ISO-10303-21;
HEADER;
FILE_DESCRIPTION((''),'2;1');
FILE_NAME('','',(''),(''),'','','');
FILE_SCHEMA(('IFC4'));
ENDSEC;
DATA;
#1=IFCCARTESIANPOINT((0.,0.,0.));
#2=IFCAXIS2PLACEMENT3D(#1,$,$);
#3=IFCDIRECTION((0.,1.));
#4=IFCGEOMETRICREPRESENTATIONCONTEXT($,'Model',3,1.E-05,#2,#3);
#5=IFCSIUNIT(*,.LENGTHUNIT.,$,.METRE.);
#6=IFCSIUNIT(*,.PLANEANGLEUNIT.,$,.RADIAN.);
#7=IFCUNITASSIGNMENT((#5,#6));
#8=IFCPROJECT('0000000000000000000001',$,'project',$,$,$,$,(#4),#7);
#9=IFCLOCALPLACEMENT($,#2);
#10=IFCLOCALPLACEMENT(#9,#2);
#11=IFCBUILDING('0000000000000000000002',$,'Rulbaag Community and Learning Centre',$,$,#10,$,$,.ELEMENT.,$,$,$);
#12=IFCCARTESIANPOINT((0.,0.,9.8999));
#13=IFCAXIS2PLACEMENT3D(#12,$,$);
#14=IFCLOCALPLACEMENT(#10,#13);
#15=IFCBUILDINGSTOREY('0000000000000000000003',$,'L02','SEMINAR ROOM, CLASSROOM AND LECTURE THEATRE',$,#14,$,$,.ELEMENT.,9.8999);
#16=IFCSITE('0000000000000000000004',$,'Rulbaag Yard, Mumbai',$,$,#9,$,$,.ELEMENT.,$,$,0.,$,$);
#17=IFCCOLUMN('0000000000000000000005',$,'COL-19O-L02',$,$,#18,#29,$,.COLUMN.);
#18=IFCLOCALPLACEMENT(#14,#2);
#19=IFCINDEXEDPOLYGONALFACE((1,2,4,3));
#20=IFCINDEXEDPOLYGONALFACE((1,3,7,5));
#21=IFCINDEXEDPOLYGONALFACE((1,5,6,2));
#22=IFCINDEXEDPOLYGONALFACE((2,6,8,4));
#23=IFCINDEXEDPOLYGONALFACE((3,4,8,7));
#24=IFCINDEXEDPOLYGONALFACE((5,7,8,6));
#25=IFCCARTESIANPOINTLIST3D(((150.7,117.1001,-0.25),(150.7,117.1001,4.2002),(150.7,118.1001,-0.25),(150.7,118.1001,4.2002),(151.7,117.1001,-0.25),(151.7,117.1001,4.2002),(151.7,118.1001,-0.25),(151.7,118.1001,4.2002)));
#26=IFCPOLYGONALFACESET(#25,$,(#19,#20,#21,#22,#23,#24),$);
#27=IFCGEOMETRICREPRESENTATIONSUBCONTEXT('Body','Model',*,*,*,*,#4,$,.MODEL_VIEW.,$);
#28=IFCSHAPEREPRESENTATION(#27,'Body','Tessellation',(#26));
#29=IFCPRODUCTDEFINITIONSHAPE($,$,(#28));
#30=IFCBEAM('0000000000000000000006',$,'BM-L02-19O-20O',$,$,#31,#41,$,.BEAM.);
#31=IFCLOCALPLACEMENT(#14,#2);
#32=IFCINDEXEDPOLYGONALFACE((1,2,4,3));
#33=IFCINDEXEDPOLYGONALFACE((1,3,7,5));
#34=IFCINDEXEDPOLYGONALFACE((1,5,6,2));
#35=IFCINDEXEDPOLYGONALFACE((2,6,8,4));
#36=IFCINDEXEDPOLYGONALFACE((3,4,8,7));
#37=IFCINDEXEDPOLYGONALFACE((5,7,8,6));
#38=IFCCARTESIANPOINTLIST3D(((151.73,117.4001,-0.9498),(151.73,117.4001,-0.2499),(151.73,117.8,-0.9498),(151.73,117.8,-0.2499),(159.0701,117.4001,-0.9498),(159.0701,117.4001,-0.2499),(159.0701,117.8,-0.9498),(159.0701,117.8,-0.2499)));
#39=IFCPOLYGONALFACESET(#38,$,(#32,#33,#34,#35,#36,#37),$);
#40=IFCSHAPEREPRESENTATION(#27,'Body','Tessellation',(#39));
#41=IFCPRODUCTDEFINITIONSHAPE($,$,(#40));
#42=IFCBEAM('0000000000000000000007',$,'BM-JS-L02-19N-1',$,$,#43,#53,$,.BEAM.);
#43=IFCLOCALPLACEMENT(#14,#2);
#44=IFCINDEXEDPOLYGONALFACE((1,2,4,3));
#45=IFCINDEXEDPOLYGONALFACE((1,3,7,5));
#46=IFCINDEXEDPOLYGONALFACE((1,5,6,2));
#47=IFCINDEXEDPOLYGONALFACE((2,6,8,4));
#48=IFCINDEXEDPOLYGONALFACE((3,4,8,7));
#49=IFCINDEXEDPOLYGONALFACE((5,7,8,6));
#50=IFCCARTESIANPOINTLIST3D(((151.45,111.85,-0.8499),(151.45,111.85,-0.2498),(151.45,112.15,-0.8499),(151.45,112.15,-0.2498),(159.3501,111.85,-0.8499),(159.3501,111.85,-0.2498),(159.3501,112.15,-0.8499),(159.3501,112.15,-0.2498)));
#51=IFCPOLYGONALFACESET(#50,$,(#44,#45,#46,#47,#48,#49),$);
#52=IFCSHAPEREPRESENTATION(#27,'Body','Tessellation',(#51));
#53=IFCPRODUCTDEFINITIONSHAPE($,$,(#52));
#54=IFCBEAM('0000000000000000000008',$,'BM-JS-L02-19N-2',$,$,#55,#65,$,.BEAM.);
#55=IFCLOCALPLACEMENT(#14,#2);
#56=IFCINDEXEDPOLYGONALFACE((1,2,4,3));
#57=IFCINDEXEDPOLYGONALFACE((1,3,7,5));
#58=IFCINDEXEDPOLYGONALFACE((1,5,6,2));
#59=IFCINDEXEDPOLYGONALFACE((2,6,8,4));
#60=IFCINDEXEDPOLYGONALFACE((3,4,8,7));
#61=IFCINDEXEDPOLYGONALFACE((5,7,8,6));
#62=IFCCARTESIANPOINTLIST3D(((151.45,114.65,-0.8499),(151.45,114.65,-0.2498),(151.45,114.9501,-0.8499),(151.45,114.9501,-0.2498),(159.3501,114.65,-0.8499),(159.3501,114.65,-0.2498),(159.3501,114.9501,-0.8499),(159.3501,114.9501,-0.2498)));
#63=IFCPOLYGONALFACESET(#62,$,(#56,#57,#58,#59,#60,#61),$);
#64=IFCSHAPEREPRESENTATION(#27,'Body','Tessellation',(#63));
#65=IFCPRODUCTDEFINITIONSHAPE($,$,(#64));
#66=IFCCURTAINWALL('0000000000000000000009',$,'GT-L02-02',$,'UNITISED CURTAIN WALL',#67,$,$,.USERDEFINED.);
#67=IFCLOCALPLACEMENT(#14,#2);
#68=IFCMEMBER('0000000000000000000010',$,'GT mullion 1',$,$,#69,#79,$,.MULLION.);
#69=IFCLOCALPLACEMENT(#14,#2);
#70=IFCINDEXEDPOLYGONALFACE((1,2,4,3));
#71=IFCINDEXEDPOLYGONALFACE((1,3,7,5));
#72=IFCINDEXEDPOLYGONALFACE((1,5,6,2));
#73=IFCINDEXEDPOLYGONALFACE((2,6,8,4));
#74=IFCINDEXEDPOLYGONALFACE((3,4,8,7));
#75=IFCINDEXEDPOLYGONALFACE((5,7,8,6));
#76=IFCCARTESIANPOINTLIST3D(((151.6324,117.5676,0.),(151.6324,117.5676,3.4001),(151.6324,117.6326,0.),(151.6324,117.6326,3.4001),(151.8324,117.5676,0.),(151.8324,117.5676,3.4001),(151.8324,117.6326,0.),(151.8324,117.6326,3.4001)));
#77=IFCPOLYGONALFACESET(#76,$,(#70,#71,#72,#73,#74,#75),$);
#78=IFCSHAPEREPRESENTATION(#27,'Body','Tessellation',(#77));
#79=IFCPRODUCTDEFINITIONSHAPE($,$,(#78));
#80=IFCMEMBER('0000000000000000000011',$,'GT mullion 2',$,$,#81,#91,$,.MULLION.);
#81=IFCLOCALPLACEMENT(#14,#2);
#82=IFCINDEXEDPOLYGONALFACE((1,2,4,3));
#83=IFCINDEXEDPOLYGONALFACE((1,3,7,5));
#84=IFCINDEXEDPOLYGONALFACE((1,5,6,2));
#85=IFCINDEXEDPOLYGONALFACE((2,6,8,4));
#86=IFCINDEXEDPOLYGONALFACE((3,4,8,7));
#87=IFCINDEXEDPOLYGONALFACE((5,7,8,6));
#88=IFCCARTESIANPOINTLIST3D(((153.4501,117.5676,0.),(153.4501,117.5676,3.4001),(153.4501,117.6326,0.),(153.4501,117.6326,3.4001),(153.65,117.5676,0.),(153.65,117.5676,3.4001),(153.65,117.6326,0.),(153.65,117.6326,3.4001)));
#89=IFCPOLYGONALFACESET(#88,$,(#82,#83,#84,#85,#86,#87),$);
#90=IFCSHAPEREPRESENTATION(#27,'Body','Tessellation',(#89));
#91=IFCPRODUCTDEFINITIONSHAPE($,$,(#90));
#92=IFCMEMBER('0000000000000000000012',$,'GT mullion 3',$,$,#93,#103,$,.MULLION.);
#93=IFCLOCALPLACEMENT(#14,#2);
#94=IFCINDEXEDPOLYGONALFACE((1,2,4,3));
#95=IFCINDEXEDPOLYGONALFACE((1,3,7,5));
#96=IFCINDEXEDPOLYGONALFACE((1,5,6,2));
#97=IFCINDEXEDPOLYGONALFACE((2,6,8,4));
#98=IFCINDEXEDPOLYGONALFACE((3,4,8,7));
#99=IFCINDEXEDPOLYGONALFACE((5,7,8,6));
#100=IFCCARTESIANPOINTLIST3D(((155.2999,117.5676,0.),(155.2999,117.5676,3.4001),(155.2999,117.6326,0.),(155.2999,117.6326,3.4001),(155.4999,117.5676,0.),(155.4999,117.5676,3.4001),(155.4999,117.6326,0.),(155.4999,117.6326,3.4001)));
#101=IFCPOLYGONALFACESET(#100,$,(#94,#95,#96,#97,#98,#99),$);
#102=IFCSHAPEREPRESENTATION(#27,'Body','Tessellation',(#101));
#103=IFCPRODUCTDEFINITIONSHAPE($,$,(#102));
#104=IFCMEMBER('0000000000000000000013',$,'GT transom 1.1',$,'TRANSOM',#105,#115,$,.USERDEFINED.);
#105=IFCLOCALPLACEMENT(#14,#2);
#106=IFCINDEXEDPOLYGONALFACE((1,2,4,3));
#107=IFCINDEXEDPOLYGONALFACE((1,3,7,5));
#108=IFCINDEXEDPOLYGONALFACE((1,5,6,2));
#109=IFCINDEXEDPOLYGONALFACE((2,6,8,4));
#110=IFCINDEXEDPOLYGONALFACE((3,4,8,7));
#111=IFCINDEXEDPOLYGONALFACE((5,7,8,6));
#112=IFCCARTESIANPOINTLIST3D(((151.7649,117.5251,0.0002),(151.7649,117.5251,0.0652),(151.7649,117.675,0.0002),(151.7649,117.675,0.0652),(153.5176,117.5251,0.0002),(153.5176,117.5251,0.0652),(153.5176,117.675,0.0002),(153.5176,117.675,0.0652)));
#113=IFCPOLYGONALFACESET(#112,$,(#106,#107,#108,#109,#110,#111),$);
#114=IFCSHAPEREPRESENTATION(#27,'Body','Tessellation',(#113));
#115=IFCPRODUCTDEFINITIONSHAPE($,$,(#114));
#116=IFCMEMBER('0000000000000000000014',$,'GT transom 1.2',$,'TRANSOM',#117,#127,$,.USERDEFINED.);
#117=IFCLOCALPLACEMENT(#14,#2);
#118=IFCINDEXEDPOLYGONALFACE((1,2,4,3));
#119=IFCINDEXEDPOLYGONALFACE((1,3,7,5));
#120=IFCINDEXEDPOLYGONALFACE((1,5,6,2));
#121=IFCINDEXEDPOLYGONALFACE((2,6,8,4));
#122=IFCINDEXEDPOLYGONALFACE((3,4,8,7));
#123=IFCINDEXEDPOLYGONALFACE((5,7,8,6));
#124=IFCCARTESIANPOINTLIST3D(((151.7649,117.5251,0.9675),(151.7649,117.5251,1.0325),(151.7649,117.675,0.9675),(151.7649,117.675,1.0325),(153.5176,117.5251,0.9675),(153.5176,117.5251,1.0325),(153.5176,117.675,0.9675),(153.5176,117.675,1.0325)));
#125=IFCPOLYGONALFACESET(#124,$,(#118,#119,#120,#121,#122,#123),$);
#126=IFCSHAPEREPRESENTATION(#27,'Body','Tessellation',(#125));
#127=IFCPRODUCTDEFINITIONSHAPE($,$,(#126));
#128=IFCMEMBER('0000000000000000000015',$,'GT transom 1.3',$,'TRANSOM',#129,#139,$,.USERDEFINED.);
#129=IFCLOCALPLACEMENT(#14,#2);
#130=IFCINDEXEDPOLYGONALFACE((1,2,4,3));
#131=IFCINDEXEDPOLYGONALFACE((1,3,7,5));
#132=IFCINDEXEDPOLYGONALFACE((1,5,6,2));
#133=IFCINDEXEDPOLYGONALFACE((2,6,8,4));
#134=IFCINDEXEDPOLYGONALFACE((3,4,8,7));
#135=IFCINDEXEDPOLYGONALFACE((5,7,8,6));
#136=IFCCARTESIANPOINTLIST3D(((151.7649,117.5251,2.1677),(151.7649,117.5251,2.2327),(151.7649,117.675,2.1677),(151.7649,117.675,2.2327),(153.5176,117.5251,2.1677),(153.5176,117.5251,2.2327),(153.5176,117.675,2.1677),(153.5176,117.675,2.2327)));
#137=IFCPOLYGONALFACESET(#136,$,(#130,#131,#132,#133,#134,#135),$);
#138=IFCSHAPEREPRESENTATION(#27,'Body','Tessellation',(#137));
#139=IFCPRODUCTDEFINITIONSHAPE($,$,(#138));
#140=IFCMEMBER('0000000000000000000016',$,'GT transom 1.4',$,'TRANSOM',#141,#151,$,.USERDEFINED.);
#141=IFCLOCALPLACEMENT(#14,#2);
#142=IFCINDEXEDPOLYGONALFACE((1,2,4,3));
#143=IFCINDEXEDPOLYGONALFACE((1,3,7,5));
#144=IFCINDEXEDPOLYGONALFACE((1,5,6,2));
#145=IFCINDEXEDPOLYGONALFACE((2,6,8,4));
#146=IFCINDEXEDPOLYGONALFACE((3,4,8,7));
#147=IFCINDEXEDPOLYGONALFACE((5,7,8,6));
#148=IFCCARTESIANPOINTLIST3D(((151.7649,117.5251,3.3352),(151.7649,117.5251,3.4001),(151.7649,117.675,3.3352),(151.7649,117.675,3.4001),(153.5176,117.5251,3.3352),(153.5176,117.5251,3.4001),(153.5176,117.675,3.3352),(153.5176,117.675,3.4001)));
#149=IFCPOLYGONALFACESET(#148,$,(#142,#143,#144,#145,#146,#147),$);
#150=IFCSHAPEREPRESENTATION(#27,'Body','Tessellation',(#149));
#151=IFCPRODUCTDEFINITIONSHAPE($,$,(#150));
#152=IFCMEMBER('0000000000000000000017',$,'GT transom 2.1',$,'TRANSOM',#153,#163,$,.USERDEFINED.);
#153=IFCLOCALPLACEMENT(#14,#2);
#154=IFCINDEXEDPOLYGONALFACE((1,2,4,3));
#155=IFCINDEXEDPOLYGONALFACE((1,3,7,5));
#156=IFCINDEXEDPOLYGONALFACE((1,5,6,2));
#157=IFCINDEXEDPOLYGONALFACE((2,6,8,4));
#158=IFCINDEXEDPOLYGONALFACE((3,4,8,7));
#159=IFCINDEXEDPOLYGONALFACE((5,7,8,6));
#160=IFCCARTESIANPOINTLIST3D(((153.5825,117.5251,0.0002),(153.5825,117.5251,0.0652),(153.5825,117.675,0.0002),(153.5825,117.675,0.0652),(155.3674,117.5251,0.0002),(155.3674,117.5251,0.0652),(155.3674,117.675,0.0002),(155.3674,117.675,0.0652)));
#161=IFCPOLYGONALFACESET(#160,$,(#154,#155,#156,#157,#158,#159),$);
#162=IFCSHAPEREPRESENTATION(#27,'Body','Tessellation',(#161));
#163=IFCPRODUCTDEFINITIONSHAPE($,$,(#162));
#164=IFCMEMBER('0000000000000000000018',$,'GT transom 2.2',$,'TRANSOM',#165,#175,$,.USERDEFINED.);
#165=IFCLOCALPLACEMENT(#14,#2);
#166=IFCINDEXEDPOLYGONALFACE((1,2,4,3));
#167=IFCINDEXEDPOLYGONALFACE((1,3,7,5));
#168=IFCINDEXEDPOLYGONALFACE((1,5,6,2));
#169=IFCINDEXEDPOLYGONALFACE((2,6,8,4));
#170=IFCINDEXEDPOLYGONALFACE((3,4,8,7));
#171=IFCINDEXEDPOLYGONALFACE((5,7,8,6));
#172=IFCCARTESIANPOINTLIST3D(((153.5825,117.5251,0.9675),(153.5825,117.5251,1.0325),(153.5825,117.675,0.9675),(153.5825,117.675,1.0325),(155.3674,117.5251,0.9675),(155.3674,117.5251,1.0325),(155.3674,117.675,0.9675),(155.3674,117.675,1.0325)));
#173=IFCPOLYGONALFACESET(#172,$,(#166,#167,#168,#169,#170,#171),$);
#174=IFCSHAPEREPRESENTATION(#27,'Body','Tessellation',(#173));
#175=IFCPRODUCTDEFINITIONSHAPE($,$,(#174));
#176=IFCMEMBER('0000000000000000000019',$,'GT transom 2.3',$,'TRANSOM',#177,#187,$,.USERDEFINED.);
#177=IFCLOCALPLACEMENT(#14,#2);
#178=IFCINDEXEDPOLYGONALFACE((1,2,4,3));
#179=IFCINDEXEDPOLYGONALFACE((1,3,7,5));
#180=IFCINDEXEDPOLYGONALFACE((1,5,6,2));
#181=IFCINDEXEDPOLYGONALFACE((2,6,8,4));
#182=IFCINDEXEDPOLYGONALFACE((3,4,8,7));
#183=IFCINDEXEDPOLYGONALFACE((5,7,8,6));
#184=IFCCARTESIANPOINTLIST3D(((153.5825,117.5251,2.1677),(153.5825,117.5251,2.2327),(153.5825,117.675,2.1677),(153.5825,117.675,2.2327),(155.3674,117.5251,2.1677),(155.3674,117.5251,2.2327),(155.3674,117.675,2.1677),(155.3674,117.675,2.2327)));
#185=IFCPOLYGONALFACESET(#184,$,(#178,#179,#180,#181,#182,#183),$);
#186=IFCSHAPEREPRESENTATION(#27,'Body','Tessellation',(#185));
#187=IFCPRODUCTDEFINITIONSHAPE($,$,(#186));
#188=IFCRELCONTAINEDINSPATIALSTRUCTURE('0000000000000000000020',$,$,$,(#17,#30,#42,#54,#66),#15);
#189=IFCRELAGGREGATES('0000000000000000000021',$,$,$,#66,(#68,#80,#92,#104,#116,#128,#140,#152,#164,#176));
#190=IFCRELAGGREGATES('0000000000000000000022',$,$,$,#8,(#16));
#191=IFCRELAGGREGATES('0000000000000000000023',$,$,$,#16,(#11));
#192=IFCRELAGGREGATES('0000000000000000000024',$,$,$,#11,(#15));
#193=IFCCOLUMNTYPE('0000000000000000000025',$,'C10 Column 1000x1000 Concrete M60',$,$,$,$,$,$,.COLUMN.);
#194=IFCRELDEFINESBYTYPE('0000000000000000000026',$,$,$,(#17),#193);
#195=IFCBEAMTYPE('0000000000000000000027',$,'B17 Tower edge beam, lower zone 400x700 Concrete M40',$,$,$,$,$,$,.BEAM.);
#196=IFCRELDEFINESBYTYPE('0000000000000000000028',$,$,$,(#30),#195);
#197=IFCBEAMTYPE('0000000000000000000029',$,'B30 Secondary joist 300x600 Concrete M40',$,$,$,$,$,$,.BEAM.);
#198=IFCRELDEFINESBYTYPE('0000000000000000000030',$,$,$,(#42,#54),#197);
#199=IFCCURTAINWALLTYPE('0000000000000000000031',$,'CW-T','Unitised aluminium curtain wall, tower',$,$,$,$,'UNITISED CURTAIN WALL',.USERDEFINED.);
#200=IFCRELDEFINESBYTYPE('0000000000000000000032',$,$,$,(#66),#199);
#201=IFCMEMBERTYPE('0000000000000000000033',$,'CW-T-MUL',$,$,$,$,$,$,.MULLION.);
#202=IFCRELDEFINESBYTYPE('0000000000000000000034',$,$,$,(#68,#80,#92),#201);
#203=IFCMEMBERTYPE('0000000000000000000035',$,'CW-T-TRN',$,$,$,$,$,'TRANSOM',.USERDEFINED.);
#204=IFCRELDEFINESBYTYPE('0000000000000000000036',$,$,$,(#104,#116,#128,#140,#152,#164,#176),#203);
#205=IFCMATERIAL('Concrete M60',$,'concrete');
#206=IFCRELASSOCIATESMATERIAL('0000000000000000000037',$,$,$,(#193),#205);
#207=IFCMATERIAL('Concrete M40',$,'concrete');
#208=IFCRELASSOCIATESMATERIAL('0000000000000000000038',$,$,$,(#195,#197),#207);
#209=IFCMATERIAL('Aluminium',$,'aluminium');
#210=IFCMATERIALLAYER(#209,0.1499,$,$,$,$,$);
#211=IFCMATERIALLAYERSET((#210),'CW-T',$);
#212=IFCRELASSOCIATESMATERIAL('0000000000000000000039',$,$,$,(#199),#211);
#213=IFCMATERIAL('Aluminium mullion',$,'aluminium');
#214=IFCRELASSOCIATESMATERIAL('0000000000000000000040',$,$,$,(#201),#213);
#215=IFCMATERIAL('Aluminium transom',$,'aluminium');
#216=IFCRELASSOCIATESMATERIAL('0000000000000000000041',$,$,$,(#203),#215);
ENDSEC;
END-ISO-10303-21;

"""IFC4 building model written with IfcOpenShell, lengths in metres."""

from ifc_helpers import new_model, si_unit, direction, frame, origin, origin_2d, place, context, subcontext, project, spatial, rectangle, extrude, material, layer, layer_set, material_profile, profile_set, type_object, element, aggregate, save


model = new_model("IFC4")

# Units and contexts
model_context = context("Model", 3, precision=1e-05, world=origin(), true_north=direction((0.0, 1.0)))
body_context = subcontext(model_context, "Body", "Model", "MODEL_VIEW")
ifc_project = project(units=[si_unit("LENGTHUNIT", "METRE"), si_unit("PLANEANGLEUNIT", "RADIAN")], contexts=[model_context])

# Site, building, storey
site_placement = place(None, origin())
site = spatial("IfcSite", under=ifc_project, at=site_placement, Name="Rulbaag Yard, Mumbai", CompositionType="ELEMENT", RefElevation=0.0)
building_placement = place(site_placement, origin())
building = spatial("IfcBuilding", under=site, at=building_placement, Name="Rulbaag Community and Learning Centre", CompositionType="ELEMENT")
storey_placement = place(building_placement, frame((0.0, 0.0, 9.8999)))
storey = spatial("IfcBuildingStorey", under=building, at=storey_placement, Name="L02", Description="SEMINAR ROOM, CLASSROOM AND LECTURE THEATRE", CompositionType="ELEMENT", Elevation=9.8999)

# Column
ifc_material_1 = material(Name="Concrete M60", Category="concrete")
ifc_material_profile_1 = material_profile(ifc_material_1, rectangle(XDim=1.0, YDim=1.0, at=origin_2d()), Name="RC1000x1000")
ifc_profile_set_1 = profile_set([ifc_material_profile_1], Name="Concrete M60")
column_type = type_object("IfcColumnType", Name="C10 Column 1000x1000 Concrete M60", PredefinedType="COLUMN", material=ifc_profile_set_1)
column_placement = place(storey_placement, frame((151.2, 117.6001, -0.25), z_axis=(0.0, 0.0, 1.0), x_axis=(1.0, 0.0, 0.0)))
element("IfcColumn", 1, at=column_placement, inside=storey, type_object=column_type, Name="COL-19O-L02", PredefinedType="COLUMN", context=body_context, shape_type="SweptSolid", body=[
    extrude(rectangle(XDim=1.0, YDim=1.0, at=origin_2d()), origin(), (0.0, 0.0, 1.0), 4.4502),
])

# Beams
ifc_material_2 = material(Name="Concrete M40", Category="concrete")
ifc_material_profile_2 = material_profile(ifc_material_2, rectangle(XDim=0.3999, YDim=0.7, at=origin_2d()), Name="RB400x700")
ifc_profile_set_2 = profile_set([ifc_material_profile_2], Name="Concrete M40")
beam_type_1 = type_object("IfcBeamType", Name="B17 Tower edge beam, lower zone 400x700 Concrete M40", PredefinedType="BEAM", material=ifc_profile_set_2)
beam_placement = place(storey_placement, frame((151.73, 117.6001, -0.5999), z_axis=(1.0, 0.0, 0.0), x_axis=(0.0, 1.0, 0.0)))
element("IfcBeam", 2, at=beam_placement, inside=storey, type_object=beam_type_1, Name="BM-L02-19O-20O", PredefinedType="BEAM", context=body_context, shape_type="SweptSolid", body=[
    extrude(rectangle(XDim=0.3999, YDim=0.7, at=origin_2d()), origin(), (0.0, 0.0, 1.0), 7.3401),
])
ifc_material_profile_3 = material_profile(ifc_material_2, rectangle(XDim=0.3, YDim=0.6001, at=origin_2d()), Name="RB300x600")
ifc_profile_set_3 = profile_set([ifc_material_profile_3], Name="Concrete M40")
beam_type_2 = type_object("IfcBeamType", Name="B30 Secondary joist 300x600 Concrete M40", PredefinedType="BEAM", material=ifc_profile_set_3)
for number, where, z_axis, x_axis, name in (
    (3, (151.45, 112.0, -0.5498), (1.0, 0.0, 0.0), (0.0, 1.0, 0.0), "BM-JS-L02-19N-1"),
    (4, (151.45, 114.8, -0.5498), (1.0, 0.0, 0.0), (0.0, 1.0, 0.0), "BM-JS-L02-19N-2"),
):
    element("IfcBeam", number, at=place(storey_placement, frame(where, z_axis=z_axis, x_axis=x_axis)), inside=storey, type_object=beam_type_2, Name=name, PredefinedType="BEAM", context=body_context, shape_type="SweptSolid", body=[
        extrude(rectangle(XDim=0.3, YDim=0.6001, at=origin_2d()), origin(), (0.0, 0.0, 1.0), 7.9001),
    ])

# Curtain wall, members
ifc_material_3 = material(Name="Aluminium", Category="aluminium")
ifc_layer_1 = layer(ifc_material_3, 0.1499)
ifc_layer_set_1 = layer_set([ifc_layer_1], Name="CW-T")
curtain_wall_type = type_object("IfcCurtainWallType", Name="CW-T", Description="Unitised aluminium curtain wall, tower", ElementType="UNITISED CURTAIN WALL", PredefinedType="USERDEFINED", material=ifc_layer_set_1)
curtain_wall_placement = place(storey_placement, origin())
curtain_wall = element("IfcCurtainWall", 5, at=curtain_wall_placement, inside=storey, type_object=curtain_wall_type, Name="GT-L02-02", ObjectType="UNITISED CURTAIN WALL", PredefinedType="USERDEFINED")
ifc_material_4 = material(Name="Aluminium mullion", Category="aluminium")
ifc_material_profile_4 = material_profile(ifc_material_4, rectangle(XDim=0.0649, YDim=0.2, at=origin_2d()), Name="AL 65x200")
ifc_profile_set_4 = profile_set([ifc_material_profile_4], Name="Aluminium mullion")
member_type_1 = type_object("IfcMemberType", Name="CW-T-MUL", PredefinedType="MULLION", material=ifc_profile_set_4)
member_1_placement = place(storey_placement, frame((151.7324, 117.6001, 0.0), z_axis=(0.0, 0.0, 1.0), x_axis=(0.0, 1.0, 0.0)))
member_1 = element("IfcMember", 6, at=member_1_placement, type_object=member_type_1, Name="GT mullion 1", PredefinedType="MULLION", context=body_context, shape_type="SweptSolid", body=[
    extrude(rectangle(XDim=0.0649, YDim=0.2, at=origin_2d()), origin(), (0.0, 0.0, 1.0), 3.4001),
])
member_2_placement = place(storey_placement, frame((153.55, 117.6001, 0.0), z_axis=(0.0, 0.0, 1.0), x_axis=(0.0, 1.0, 0.0)))
member_2 = element("IfcMember", 7, at=member_2_placement, type_object=member_type_1, Name="GT mullion 2", PredefinedType="MULLION", context=body_context, shape_type="SweptSolid", body=[
    extrude(rectangle(XDim=0.0649, YDim=0.2, at=origin_2d()), origin(), (0.0, 0.0, 1.0), 3.4001),
])
member_3_placement = place(storey_placement, frame((155.3999, 117.6001, 0.0), z_axis=(0.0, 0.0, 1.0), x_axis=(0.0, 1.0, 0.0)))
member_3 = element("IfcMember", 8, at=member_3_placement, type_object=member_type_1, Name="GT mullion 3", PredefinedType="MULLION", context=body_context, shape_type="SweptSolid", body=[
    extrude(rectangle(XDim=0.0649, YDim=0.2, at=origin_2d()), origin(), (0.0, 0.0, 1.0), 3.4001),
])
ifc_material_5 = material(Name="Aluminium transom", Category="aluminium")
ifc_material_profile_5 = material_profile(ifc_material_5, rectangle(XDim=0.1499, YDim=0.0649, at=origin_2d()), Name="AL 65x150 T")
ifc_profile_set_5 = profile_set([ifc_material_profile_5], Name="Aluminium transom")
member_type_2 = type_object("IfcMemberType", Name="CW-T-TRN", ElementType="TRANSOM", PredefinedType="USERDEFINED", material=ifc_profile_set_5)
member_4_placement = place(storey_placement, frame((151.7649, 117.6001, 0.0327), z_axis=(1.0, 0.0, 0.0), x_axis=(0.0, 1.0, 0.0)))
member_4 = element("IfcMember", 9, at=member_4_placement, type_object=member_type_2, Name="GT transom 1.1", ObjectType="TRANSOM", PredefinedType="USERDEFINED", context=body_context, shape_type="SweptSolid", body=[
    extrude(rectangle(XDim=0.1499, YDim=0.0649, at=origin_2d()), origin(), (0.0, 0.0, 1.0), 1.7527),
])
member_5_placement = place(storey_placement, frame((151.7649, 117.6001, 1.0), z_axis=(1.0, 0.0, 0.0), x_axis=(0.0, 1.0, 0.0)))
member_5 = element("IfcMember", 10, at=member_5_placement, type_object=member_type_2, Name="GT transom 1.2", ObjectType="TRANSOM", PredefinedType="USERDEFINED", context=body_context, shape_type="SweptSolid", body=[
    extrude(rectangle(XDim=0.1499, YDim=0.0649, at=origin_2d()), origin(), (0.0, 0.0, 1.0), 1.7527),
])
member_6_placement = place(storey_placement, frame((151.7649, 117.6001, 2.2002), z_axis=(1.0, 0.0, 0.0), x_axis=(0.0, 1.0, 0.0)))
member_6 = element("IfcMember", 11, at=member_6_placement, type_object=member_type_2, Name="GT transom 1.3", ObjectType="TRANSOM", PredefinedType="USERDEFINED", context=body_context, shape_type="SweptSolid", body=[
    extrude(rectangle(XDim=0.1499, YDim=0.0649, at=origin_2d()), origin(), (0.0, 0.0, 1.0), 1.7527),
])
member_7_placement = place(storey_placement, frame((151.7649, 117.6001, 3.3677), z_axis=(1.0, 0.0, 0.0), x_axis=(0.0, 1.0, 0.0)))
member_7 = element("IfcMember", 12, at=member_7_placement, type_object=member_type_2, Name="GT transom 1.4", ObjectType="TRANSOM", PredefinedType="USERDEFINED", context=body_context, shape_type="SweptSolid", body=[
    extrude(rectangle(XDim=0.1499, YDim=0.0649, at=origin_2d()), origin(), (0.0, 0.0, 1.0), 1.7527),
])
member_8_placement = place(storey_placement, frame((153.5825, 117.6001, 0.0327), z_axis=(1.0, 0.0, 0.0), x_axis=(0.0, 1.0, 0.0)))
member_8 = element("IfcMember", 13, at=member_8_placement, type_object=member_type_2, Name="GT transom 2.1", ObjectType="TRANSOM", PredefinedType="USERDEFINED", context=body_context, shape_type="SweptSolid", body=[
    extrude(rectangle(XDim=0.1499, YDim=0.0649, at=origin_2d()), origin(), (0.0, 0.0, 1.0), 1.7849),
])
member_9_placement = place(storey_placement, frame((153.5825, 117.6001, 1.0), z_axis=(1.0, 0.0, 0.0), x_axis=(0.0, 1.0, 0.0)))
member_9 = element("IfcMember", 14, at=member_9_placement, type_object=member_type_2, Name="GT transom 2.2", ObjectType="TRANSOM", PredefinedType="USERDEFINED", context=body_context, shape_type="SweptSolid", body=[
    extrude(rectangle(XDim=0.1499, YDim=0.0649, at=origin_2d()), origin(), (0.0, 0.0, 1.0), 1.7849),
])
member_10_placement = place(storey_placement, frame((153.5825, 117.6001, 2.2002), z_axis=(1.0, 0.0, 0.0), x_axis=(0.0, 1.0, 0.0)))
member_10 = element("IfcMember", 15, at=member_10_placement, type_object=member_type_2, Name="GT transom 2.3", ObjectType="TRANSOM", PredefinedType="USERDEFINED", context=body_context, shape_type="SweptSolid", body=[
    extrude(rectangle(XDim=0.1499, YDim=0.0649, at=origin_2d()), origin(), (0.0, 0.0, 1.0), 1.7849),
])
aggregate(curtain_wall, [member_1, member_2, member_3, member_4, member_5, member_6, member_7, member_8, member_9, member_10])

save(model, "model.ifc")
